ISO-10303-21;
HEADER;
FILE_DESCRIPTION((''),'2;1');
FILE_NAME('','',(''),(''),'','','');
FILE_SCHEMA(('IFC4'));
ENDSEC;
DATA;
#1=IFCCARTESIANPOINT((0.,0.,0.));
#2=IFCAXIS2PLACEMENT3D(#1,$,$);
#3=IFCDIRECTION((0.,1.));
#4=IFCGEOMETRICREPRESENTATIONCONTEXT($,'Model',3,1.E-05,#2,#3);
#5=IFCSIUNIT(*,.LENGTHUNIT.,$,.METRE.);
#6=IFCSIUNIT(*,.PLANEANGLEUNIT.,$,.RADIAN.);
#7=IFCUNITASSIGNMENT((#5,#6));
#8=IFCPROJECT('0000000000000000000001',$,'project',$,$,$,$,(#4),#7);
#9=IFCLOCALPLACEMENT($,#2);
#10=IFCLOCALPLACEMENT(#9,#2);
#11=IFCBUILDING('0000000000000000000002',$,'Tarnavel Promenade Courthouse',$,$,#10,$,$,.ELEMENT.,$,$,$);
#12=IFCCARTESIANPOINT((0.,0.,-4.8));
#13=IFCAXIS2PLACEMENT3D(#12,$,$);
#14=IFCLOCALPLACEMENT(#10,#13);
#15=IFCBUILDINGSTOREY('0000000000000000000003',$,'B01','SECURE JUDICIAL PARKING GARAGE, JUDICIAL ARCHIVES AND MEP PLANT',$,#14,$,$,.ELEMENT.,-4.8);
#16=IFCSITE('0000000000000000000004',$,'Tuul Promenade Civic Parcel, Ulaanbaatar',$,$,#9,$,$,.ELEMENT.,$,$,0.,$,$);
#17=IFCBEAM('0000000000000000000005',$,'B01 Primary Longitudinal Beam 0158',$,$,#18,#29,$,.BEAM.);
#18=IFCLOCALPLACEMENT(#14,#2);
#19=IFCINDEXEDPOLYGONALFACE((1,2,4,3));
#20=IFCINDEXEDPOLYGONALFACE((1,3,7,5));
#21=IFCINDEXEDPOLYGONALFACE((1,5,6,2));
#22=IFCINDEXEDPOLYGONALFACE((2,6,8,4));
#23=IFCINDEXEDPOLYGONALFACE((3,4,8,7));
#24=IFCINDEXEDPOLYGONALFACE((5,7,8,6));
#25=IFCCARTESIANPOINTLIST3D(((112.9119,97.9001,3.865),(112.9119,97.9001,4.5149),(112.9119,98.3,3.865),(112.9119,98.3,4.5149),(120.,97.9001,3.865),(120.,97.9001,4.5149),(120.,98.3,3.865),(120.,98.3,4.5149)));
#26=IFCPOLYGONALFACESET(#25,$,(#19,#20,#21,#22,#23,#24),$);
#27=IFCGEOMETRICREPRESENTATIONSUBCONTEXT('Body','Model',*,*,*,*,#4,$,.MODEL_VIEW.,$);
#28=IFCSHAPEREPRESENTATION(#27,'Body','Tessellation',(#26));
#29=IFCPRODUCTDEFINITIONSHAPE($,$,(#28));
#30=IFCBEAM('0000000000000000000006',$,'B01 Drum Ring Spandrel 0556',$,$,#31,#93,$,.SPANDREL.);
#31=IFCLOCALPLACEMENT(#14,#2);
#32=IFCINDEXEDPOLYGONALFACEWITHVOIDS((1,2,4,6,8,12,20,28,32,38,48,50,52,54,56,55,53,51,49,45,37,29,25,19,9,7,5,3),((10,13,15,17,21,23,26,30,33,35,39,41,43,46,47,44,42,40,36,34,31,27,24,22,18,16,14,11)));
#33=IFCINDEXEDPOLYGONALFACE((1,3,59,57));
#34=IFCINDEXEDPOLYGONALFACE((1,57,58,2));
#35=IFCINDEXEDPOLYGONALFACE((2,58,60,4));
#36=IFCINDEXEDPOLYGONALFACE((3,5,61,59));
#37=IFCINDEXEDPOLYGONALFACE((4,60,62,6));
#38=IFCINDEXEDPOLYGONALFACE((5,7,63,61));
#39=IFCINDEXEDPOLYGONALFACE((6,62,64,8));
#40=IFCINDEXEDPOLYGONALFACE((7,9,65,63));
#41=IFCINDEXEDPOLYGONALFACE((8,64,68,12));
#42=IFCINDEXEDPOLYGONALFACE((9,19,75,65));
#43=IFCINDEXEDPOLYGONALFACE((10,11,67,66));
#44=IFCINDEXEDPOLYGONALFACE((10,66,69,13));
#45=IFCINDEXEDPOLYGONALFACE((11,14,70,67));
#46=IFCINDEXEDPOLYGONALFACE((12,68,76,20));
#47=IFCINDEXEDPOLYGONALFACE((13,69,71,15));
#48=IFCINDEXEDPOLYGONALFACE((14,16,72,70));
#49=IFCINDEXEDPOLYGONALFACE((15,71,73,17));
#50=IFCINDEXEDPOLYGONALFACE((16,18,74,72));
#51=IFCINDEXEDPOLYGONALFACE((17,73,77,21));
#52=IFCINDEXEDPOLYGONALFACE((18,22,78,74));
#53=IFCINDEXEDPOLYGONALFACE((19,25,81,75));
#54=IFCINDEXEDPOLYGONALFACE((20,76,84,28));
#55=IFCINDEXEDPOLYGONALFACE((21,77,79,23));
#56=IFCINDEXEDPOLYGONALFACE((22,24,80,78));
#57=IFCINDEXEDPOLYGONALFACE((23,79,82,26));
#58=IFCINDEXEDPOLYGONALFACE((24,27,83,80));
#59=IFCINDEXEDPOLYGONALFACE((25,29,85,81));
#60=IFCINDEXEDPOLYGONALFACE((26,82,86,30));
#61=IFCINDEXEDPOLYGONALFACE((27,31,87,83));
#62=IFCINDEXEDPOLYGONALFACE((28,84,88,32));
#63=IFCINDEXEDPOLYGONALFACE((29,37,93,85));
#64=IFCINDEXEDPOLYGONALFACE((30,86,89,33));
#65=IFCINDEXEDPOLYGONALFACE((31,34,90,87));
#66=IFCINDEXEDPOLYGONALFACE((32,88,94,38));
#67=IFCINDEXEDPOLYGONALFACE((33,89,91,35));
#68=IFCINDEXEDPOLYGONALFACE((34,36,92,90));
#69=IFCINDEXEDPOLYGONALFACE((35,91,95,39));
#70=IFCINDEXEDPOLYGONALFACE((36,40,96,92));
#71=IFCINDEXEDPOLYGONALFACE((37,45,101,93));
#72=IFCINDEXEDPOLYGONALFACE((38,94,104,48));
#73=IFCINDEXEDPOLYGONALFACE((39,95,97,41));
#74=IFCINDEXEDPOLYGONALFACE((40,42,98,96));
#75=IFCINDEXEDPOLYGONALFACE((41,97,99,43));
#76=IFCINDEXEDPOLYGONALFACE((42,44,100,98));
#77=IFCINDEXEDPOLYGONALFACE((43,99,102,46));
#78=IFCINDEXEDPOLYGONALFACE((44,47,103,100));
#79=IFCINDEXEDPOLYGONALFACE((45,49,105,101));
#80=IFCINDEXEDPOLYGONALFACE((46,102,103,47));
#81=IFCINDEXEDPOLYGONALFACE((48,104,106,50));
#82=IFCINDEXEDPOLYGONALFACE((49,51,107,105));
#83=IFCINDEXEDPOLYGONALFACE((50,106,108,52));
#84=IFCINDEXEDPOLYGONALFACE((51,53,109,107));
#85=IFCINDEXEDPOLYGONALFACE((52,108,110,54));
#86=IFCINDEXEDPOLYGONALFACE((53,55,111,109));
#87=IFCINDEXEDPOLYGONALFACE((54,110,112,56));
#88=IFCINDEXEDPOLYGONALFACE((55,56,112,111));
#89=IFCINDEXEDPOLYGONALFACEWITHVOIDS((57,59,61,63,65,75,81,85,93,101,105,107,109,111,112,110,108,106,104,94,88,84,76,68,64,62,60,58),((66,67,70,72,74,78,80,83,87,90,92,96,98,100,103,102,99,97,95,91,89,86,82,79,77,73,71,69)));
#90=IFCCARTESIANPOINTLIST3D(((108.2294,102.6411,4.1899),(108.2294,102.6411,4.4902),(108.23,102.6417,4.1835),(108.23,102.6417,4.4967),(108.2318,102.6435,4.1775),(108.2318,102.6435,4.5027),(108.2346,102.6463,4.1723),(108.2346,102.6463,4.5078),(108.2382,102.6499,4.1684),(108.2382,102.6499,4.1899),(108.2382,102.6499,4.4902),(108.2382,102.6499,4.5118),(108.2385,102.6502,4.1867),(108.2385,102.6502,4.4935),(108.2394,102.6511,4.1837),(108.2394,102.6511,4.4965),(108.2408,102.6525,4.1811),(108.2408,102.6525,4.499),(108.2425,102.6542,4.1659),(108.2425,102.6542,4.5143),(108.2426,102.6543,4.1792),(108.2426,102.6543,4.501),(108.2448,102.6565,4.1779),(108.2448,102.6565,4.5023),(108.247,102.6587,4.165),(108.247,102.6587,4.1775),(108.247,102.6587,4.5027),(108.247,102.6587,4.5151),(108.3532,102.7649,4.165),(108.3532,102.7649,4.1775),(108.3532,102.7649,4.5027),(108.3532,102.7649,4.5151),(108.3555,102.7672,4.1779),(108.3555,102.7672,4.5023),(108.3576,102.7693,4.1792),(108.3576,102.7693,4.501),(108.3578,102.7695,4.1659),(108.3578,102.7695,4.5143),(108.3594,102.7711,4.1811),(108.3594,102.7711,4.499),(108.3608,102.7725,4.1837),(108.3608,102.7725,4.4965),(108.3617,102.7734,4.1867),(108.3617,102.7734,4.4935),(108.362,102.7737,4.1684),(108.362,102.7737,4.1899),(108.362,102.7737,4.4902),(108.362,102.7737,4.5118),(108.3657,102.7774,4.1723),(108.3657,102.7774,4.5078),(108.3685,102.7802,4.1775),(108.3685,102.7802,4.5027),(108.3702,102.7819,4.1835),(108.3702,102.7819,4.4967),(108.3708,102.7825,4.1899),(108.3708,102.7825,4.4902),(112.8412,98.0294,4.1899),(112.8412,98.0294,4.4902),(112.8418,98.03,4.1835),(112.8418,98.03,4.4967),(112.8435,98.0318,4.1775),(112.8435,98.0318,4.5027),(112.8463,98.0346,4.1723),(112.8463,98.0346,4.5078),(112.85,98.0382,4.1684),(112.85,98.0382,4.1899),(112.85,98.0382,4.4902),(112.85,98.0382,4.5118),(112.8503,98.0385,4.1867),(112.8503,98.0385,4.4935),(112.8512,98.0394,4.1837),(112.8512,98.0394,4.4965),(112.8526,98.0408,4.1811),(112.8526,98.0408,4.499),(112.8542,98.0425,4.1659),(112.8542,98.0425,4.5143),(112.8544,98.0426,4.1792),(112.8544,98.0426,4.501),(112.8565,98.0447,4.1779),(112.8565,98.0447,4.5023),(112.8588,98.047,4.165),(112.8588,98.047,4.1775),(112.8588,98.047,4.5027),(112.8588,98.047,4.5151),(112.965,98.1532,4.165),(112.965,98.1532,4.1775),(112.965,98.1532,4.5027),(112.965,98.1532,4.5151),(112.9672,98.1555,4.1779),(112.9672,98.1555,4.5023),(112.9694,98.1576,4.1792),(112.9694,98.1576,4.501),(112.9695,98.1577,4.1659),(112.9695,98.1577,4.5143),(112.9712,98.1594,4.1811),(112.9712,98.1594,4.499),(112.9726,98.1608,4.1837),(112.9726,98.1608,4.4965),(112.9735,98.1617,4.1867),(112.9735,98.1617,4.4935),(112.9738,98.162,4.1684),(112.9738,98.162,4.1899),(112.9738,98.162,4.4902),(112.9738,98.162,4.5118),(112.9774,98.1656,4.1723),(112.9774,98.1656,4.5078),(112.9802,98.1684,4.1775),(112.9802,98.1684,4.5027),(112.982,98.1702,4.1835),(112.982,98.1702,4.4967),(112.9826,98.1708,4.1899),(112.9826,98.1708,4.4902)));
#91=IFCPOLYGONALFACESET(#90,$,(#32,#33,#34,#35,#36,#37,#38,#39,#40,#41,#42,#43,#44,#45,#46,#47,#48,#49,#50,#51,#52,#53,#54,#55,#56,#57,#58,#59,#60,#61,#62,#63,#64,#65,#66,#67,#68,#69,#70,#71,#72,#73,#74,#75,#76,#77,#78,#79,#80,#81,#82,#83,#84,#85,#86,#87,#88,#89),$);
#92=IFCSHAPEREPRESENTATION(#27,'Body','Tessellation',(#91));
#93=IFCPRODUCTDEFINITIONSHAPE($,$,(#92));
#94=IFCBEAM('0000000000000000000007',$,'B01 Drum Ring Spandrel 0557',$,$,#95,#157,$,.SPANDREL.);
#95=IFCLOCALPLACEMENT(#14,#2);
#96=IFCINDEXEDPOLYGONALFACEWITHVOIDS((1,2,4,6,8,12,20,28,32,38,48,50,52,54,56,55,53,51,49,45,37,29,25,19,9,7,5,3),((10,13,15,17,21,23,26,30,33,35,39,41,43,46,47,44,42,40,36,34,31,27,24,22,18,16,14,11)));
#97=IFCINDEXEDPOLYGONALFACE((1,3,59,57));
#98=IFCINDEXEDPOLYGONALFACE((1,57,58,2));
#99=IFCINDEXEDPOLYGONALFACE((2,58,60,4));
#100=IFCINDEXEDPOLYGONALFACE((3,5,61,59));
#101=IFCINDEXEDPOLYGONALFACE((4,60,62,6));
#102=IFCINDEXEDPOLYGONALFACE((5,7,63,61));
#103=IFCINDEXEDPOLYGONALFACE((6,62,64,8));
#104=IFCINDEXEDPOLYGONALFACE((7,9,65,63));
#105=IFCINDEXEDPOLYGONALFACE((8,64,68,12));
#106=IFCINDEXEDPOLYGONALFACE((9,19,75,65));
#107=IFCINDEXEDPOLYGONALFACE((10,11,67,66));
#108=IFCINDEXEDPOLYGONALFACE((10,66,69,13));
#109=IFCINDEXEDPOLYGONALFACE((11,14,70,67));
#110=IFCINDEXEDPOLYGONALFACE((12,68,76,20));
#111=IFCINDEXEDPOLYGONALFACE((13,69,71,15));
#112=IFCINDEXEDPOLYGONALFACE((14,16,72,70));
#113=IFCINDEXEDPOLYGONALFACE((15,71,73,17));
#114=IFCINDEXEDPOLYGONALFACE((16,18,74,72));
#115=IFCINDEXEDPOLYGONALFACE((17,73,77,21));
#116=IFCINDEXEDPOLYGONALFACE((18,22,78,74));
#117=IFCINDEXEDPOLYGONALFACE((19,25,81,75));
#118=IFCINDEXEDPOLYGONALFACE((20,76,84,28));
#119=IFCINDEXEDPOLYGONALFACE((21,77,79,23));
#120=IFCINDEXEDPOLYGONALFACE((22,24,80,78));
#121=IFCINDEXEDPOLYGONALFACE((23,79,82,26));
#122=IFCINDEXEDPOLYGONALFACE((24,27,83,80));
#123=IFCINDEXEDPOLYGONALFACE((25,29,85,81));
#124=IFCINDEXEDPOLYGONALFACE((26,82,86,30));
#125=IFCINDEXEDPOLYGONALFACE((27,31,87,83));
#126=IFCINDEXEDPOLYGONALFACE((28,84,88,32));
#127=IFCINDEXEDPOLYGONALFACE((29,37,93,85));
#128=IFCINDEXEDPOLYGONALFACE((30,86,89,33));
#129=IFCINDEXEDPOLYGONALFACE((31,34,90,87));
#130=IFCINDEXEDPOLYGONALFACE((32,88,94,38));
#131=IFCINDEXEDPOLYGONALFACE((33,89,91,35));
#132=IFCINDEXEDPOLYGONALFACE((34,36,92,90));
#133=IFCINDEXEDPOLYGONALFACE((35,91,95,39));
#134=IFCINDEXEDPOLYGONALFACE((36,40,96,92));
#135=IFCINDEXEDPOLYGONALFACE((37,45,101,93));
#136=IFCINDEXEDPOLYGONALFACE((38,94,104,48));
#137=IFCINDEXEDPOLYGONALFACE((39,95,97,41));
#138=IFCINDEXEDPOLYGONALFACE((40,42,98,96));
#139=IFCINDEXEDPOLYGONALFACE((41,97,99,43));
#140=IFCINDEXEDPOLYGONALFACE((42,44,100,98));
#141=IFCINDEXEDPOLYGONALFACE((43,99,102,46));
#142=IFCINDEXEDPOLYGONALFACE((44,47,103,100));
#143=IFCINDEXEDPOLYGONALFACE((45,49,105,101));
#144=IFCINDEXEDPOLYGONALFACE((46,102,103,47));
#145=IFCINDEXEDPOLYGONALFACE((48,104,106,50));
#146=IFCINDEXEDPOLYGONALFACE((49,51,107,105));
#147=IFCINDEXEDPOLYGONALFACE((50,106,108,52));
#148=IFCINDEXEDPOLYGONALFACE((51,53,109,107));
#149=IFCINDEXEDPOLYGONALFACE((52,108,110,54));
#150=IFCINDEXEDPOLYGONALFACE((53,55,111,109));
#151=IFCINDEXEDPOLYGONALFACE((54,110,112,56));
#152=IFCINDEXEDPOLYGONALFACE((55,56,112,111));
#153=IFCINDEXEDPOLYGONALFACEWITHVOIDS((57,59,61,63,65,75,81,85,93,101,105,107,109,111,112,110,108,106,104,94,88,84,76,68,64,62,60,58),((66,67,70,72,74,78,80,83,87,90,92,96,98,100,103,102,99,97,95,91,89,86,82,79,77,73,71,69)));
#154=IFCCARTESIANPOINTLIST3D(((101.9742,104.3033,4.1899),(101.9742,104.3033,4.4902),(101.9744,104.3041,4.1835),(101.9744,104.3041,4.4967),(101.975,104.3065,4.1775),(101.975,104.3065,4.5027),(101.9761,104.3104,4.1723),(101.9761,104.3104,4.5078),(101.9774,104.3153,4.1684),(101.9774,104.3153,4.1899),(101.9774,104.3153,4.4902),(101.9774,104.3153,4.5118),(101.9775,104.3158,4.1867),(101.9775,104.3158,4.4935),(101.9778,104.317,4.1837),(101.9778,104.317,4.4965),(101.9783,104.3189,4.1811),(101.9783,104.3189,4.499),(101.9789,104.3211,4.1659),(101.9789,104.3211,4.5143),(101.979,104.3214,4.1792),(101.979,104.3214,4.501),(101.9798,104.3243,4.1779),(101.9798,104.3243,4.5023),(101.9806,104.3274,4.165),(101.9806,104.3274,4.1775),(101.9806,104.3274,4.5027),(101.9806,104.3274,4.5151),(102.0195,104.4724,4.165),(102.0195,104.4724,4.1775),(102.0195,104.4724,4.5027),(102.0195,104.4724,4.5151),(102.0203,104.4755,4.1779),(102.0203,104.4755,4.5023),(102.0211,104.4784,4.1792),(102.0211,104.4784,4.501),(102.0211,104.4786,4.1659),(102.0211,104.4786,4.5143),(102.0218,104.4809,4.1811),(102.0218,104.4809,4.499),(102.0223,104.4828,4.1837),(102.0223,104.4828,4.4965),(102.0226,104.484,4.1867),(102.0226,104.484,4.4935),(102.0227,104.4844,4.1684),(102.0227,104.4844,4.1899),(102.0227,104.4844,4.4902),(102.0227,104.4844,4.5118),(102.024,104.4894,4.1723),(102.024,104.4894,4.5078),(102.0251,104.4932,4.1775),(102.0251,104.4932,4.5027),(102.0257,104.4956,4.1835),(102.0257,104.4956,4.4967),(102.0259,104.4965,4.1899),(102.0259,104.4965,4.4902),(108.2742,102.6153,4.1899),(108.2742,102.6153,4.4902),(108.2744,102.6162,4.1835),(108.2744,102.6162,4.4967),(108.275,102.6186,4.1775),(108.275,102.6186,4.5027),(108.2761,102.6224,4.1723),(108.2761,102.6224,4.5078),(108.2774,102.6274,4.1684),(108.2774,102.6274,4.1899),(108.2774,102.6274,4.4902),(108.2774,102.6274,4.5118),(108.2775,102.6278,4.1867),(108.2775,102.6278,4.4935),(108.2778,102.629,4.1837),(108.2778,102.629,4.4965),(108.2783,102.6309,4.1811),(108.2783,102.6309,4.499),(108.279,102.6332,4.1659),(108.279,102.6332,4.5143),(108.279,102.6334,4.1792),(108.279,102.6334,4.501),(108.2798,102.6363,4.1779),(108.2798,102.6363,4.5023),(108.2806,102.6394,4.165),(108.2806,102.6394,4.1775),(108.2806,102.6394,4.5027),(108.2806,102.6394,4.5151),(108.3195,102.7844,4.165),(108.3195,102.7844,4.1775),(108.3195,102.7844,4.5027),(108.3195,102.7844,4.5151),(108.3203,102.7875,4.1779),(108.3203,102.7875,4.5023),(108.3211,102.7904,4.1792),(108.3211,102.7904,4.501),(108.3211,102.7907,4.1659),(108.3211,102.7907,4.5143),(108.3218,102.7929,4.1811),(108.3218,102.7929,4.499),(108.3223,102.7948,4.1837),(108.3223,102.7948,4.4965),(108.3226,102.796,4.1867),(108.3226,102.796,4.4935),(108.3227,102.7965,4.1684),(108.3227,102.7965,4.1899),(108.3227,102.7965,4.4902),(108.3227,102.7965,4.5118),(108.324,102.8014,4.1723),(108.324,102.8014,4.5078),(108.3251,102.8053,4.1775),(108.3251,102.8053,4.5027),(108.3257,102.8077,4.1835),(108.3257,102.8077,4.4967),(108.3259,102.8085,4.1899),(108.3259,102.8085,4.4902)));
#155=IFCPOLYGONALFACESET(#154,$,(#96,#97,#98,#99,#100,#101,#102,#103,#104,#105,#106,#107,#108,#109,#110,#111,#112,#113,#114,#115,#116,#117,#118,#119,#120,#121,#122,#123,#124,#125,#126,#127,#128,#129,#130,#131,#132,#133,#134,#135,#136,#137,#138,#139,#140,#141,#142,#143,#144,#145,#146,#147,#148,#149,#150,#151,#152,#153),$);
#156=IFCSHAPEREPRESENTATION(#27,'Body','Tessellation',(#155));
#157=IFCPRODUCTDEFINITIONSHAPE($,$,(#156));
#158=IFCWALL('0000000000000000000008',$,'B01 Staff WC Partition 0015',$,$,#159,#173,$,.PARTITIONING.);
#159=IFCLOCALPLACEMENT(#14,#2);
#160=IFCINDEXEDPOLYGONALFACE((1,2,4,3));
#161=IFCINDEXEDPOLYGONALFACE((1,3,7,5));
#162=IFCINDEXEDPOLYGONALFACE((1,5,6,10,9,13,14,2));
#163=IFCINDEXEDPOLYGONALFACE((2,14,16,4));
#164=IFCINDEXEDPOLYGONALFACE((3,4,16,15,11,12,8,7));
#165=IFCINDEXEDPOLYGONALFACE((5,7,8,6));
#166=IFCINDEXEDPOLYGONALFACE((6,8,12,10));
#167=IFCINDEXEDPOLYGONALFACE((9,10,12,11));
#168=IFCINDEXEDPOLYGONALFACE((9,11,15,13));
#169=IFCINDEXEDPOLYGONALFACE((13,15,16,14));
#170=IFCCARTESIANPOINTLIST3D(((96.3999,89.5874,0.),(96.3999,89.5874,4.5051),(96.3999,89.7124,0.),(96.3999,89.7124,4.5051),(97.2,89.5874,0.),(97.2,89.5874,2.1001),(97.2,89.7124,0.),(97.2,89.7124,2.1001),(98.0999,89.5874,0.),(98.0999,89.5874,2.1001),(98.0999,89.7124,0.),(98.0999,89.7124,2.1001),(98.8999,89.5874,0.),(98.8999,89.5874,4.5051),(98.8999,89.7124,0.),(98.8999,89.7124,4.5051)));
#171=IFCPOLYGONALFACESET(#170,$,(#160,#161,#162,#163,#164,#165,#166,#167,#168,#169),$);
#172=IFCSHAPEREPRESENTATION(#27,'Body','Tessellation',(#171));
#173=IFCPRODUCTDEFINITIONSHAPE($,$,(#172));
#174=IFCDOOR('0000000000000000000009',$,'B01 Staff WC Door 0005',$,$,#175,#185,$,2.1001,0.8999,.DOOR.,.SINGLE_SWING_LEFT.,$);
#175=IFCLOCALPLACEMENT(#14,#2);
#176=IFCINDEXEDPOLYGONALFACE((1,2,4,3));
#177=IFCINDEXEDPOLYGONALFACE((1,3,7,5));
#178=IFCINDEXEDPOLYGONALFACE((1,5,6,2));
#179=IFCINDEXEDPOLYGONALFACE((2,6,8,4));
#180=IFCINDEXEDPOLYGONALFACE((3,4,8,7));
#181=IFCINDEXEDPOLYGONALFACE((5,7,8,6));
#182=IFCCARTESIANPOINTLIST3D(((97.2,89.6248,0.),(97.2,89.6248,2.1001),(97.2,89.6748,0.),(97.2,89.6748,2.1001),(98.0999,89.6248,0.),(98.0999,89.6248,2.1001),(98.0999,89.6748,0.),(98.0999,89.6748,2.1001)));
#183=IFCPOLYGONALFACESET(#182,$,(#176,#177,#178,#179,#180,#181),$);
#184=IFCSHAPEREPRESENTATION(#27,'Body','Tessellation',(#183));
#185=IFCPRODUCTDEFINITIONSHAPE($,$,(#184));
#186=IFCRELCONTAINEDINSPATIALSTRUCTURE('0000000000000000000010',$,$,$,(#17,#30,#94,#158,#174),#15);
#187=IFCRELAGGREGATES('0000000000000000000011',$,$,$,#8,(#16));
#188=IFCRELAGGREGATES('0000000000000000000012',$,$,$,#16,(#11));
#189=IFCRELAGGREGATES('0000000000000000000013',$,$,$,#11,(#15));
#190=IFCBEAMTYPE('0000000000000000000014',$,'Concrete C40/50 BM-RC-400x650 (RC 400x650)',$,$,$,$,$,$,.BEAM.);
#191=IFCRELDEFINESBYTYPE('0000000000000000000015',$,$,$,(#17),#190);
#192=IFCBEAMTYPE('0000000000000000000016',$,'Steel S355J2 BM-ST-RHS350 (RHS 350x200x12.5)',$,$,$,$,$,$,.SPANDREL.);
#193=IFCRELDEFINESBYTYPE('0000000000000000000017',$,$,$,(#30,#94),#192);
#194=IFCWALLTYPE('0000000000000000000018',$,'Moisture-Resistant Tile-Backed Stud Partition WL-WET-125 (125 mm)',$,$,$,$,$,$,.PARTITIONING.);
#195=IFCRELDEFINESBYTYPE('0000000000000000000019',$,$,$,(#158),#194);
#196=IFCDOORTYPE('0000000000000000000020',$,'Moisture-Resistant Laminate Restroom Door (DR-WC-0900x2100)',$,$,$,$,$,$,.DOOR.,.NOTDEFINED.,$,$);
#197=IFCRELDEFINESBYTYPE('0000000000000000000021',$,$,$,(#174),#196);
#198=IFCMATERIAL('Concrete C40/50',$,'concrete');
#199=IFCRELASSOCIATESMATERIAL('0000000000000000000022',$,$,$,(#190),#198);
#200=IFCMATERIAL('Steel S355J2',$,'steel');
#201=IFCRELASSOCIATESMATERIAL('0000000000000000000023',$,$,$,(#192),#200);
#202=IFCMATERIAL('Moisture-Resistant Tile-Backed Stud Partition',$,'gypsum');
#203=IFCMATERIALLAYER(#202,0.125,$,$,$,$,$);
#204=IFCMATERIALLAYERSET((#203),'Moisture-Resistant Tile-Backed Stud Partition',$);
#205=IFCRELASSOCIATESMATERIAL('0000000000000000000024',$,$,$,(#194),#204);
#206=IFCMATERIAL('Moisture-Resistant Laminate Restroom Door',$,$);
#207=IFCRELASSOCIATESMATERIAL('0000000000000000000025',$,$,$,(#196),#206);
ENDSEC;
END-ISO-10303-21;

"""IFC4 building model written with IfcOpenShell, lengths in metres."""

from ifc_helpers import new_model, si_unit, direction, frame, frame_2d, origin, origin_2d, place, context, subcontext, project, spatial, rectangle, hollow_rectangle, extrude, material, layer, layer_set, material_profile, profile_set, type_object, element, fill, save


model = new_model("IFC4")

# Units and contexts
model_context = context("Model", 3, precision=1e-05, world=origin(), true_north=direction((0.0, 1.0)))
body_context = subcontext(model_context, "Body", "Model", "MODEL_VIEW")
ifc_project = project(units=[si_unit("LENGTHUNIT", "METRE"), si_unit("PLANEANGLEUNIT", "RADIAN")], contexts=[model_context])

# Site, building, storey
site_placement = place(None, origin())
site = spatial("IfcSite", under=ifc_project, at=site_placement, Name="Tuul Promenade Civic Parcel, Ulaanbaatar", CompositionType="ELEMENT", RefElevation=0.0)
building_placement = place(site_placement, origin())
building = spatial("IfcBuilding", under=site, at=building_placement, Name="Tarnavel Promenade Courthouse", CompositionType="ELEMENT")
storey_placement = place(building_placement, frame((0.0, 0.0, -4.8)))
storey = spatial("IfcBuildingStorey", under=building, at=storey_placement, Name="B01", Description="SECURE JUDICIAL PARKING GARAGE, JUDICIAL ARCHIVES AND MEP PLANT", CompositionType="ELEMENT", Elevation=-4.8)

# Shared definitions
ifc_material_1 = material(Name="Concrete C40/50", Category="concrete")

# Beams
ifc_material_profile_1 = material_profile(ifc_material_1, rectangle(XDim=0.3999, YDim=0.6499, at=origin_2d()), Name="RC 400x650")
ifc_profile_set_1 = profile_set([ifc_material_profile_1], Name="Concrete C40/50")
beam_type_1 = type_object("IfcBeamType", Name="Concrete C40/50 BM-RC-400x650 (RC 400x650)", PredefinedType="BEAM", material=ifc_profile_set_1)
beam_1_placement = place(storey_placement, frame((112.9119, 98.1001, 4.1899), z_axis=(1.0, 0.0, 0.0), x_axis=(0.0, 1.0, 0.0)))
element("IfcBeam", 1, at=beam_1_placement, inside=storey, type_object=beam_type_1, Name="B01 Primary Longitudinal Beam 0158", PredefinedType="BEAM", context=body_context, shape_type="SweptSolid", body=[
    extrude(rectangle(XDim=0.3999, YDim=0.6499, at=origin_2d()), origin(), (0.0, 0.0, 1.0), 7.0881),
])
ifc_material_2 = material(Name="Steel S355J2", Category="steel")
ifc_material_profile_2 = material_profile(ifc_material_2, hollow_rectangle(XDim=0.2, YDim=0.3501, WallThickness=0.0125, InnerFilletRadius=0.0125, OuterFilletRadius=0.0249, at=origin_2d()), Name="RHS 350x200x12.5")
ifc_profile_set_2 = profile_set([ifc_material_profile_2], Name="Steel S355J2")
beam_type_2 = type_object("IfcBeamType", Name="Steel S355J2 BM-ST-RHS350 (RHS 350x200x12.5)", PredefinedType="SPANDREL", material=ifc_profile_set_2)
beam_2_placement = place(storey_placement, frame((112.9119, 98.1001, 4.3401), z_axis=(-0.707107, 0.707107, 0.0), x_axis=(-0.707107, -0.707107, 0.0)))
element("IfcBeam", 2, at=beam_2_placement, inside=storey, type_object=beam_type_2, Name="B01 Drum Ring Spandrel 0556", PredefinedType="SPANDREL", context=body_context, shape_type="SweptSolid", body=[
    extrude(hollow_rectangle(XDim=0.2, YDim=0.3501, WallThickness=0.0125, InnerFilletRadius=0.0125, OuterFilletRadius=0.0249, at=origin_2d()), origin(), (0.0, 0.0, 1.0), 6.522),
])
beam_3_placement = place(storey_placement, frame((108.3, 102.7119, 4.3401), z_axis=(-0.96593, 0.258804, 0.0), x_axis=(-0.258804, -0.96593, 0.0)))
element("IfcBeam", 3, at=beam_3_placement, inside=storey, type_object=beam_type_2, Name="B01 Drum Ring Spandrel 0557", PredefinedType="SPANDREL", context=body_context, shape_type="SweptSolid", body=[
    extrude(hollow_rectangle(XDim=0.2, YDim=0.3501, WallThickness=0.0125, InnerFilletRadius=0.0125, OuterFilletRadius=0.0249, at=origin_2d()), origin(), (0.0, 0.0, 1.0), 6.5222),
])

# Wall, opening, door
ifc_material_3 = material(Name="Moisture-Resistant Tile-Backed Stud Partition", Category="gypsum")
ifc_layer = layer(ifc_material_3, 0.125)
ifc_layer_set = layer_set([ifc_layer], Name="Moisture-Resistant Tile-Backed Stud Partition")
wall_type = type_object("IfcWallType", Name="Moisture-Resistant Tile-Backed Stud Partition WL-WET-125 (125 mm)", PredefinedType="PARTITIONING", material=ifc_layer_set)
wall_1_placement = place(storey_placement, frame((96.3999, 89.6499, 0.0), z_axis=(0.0, 0.0, 1.0), x_axis=(1.0, 0.0, 0.0)))
wall_1 = element("IfcWall", 4, at=wall_1_placement, inside=storey, type_object=wall_type, Name="B01 Staff WC Partition 0015", PredefinedType="PARTITIONING", context=body_context, shape_type="SweptSolid", body=[
    extrude(rectangle(XDim=2.5, YDim=0.125, at=frame_2d((1.25, 0.0))), origin(), (0.0, 0.0, 1.0), 4.5051),
])
opening_1_placement = place(wall_1_placement, frame((0.8, 0.0, 0.0)))
opening_1 = element("IfcOpeningElement", 5, at=opening_1_placement, cuts=wall_1, PredefinedType="OPENING", context=body_context, shape_type="SweptSolid", body=[
    extrude(rectangle(XDim=0.8999, YDim=2.1001, at=frame_2d((0.45, 1.05))), frame((0.0, 0.0725, 0.0), z_axis=(0.0, -1.0, 0.0), x_axis=(1.0, 0.0, 0.0)), (0.0, 0.0, 1.0), 0.145),
])
ifc_material_4 = material(Name="Moisture-Resistant Laminate Restroom Door")
door_type_1 = type_object("IfcDoorType", Name="Moisture-Resistant Laminate Restroom Door (DR-WC-0900x2100)", OperationType="NOTDEFINED", PredefinedType="DOOR", material=ifc_material_4)
door_1_placement = place(opening_1_placement, origin())
door_1 = element("IfcDoor", 6, at=door_1_placement, inside=storey, type_object=door_type_1, Name="B01 Staff WC Door 0005", OperationType="SINGLE_SWING_LEFT", OverallHeight=2.1001, OverallWidth=0.8999, PredefinedType="DOOR", context=body_context, shape_type="SweptSolid", body=[
    extrude(rectangle(XDim=0.8999, YDim=2.1001, at=frame_2d((0.45, 1.05))), frame((0.0, 0.0249, 0.0), z_axis=(0.0, -1.0, 0.0), x_axis=(1.0, 0.0, 0.0)), (0.0, 0.0, 1.0), 0.05),
])
fill(opening_1, door_1)

save(model, "model.ifc")
